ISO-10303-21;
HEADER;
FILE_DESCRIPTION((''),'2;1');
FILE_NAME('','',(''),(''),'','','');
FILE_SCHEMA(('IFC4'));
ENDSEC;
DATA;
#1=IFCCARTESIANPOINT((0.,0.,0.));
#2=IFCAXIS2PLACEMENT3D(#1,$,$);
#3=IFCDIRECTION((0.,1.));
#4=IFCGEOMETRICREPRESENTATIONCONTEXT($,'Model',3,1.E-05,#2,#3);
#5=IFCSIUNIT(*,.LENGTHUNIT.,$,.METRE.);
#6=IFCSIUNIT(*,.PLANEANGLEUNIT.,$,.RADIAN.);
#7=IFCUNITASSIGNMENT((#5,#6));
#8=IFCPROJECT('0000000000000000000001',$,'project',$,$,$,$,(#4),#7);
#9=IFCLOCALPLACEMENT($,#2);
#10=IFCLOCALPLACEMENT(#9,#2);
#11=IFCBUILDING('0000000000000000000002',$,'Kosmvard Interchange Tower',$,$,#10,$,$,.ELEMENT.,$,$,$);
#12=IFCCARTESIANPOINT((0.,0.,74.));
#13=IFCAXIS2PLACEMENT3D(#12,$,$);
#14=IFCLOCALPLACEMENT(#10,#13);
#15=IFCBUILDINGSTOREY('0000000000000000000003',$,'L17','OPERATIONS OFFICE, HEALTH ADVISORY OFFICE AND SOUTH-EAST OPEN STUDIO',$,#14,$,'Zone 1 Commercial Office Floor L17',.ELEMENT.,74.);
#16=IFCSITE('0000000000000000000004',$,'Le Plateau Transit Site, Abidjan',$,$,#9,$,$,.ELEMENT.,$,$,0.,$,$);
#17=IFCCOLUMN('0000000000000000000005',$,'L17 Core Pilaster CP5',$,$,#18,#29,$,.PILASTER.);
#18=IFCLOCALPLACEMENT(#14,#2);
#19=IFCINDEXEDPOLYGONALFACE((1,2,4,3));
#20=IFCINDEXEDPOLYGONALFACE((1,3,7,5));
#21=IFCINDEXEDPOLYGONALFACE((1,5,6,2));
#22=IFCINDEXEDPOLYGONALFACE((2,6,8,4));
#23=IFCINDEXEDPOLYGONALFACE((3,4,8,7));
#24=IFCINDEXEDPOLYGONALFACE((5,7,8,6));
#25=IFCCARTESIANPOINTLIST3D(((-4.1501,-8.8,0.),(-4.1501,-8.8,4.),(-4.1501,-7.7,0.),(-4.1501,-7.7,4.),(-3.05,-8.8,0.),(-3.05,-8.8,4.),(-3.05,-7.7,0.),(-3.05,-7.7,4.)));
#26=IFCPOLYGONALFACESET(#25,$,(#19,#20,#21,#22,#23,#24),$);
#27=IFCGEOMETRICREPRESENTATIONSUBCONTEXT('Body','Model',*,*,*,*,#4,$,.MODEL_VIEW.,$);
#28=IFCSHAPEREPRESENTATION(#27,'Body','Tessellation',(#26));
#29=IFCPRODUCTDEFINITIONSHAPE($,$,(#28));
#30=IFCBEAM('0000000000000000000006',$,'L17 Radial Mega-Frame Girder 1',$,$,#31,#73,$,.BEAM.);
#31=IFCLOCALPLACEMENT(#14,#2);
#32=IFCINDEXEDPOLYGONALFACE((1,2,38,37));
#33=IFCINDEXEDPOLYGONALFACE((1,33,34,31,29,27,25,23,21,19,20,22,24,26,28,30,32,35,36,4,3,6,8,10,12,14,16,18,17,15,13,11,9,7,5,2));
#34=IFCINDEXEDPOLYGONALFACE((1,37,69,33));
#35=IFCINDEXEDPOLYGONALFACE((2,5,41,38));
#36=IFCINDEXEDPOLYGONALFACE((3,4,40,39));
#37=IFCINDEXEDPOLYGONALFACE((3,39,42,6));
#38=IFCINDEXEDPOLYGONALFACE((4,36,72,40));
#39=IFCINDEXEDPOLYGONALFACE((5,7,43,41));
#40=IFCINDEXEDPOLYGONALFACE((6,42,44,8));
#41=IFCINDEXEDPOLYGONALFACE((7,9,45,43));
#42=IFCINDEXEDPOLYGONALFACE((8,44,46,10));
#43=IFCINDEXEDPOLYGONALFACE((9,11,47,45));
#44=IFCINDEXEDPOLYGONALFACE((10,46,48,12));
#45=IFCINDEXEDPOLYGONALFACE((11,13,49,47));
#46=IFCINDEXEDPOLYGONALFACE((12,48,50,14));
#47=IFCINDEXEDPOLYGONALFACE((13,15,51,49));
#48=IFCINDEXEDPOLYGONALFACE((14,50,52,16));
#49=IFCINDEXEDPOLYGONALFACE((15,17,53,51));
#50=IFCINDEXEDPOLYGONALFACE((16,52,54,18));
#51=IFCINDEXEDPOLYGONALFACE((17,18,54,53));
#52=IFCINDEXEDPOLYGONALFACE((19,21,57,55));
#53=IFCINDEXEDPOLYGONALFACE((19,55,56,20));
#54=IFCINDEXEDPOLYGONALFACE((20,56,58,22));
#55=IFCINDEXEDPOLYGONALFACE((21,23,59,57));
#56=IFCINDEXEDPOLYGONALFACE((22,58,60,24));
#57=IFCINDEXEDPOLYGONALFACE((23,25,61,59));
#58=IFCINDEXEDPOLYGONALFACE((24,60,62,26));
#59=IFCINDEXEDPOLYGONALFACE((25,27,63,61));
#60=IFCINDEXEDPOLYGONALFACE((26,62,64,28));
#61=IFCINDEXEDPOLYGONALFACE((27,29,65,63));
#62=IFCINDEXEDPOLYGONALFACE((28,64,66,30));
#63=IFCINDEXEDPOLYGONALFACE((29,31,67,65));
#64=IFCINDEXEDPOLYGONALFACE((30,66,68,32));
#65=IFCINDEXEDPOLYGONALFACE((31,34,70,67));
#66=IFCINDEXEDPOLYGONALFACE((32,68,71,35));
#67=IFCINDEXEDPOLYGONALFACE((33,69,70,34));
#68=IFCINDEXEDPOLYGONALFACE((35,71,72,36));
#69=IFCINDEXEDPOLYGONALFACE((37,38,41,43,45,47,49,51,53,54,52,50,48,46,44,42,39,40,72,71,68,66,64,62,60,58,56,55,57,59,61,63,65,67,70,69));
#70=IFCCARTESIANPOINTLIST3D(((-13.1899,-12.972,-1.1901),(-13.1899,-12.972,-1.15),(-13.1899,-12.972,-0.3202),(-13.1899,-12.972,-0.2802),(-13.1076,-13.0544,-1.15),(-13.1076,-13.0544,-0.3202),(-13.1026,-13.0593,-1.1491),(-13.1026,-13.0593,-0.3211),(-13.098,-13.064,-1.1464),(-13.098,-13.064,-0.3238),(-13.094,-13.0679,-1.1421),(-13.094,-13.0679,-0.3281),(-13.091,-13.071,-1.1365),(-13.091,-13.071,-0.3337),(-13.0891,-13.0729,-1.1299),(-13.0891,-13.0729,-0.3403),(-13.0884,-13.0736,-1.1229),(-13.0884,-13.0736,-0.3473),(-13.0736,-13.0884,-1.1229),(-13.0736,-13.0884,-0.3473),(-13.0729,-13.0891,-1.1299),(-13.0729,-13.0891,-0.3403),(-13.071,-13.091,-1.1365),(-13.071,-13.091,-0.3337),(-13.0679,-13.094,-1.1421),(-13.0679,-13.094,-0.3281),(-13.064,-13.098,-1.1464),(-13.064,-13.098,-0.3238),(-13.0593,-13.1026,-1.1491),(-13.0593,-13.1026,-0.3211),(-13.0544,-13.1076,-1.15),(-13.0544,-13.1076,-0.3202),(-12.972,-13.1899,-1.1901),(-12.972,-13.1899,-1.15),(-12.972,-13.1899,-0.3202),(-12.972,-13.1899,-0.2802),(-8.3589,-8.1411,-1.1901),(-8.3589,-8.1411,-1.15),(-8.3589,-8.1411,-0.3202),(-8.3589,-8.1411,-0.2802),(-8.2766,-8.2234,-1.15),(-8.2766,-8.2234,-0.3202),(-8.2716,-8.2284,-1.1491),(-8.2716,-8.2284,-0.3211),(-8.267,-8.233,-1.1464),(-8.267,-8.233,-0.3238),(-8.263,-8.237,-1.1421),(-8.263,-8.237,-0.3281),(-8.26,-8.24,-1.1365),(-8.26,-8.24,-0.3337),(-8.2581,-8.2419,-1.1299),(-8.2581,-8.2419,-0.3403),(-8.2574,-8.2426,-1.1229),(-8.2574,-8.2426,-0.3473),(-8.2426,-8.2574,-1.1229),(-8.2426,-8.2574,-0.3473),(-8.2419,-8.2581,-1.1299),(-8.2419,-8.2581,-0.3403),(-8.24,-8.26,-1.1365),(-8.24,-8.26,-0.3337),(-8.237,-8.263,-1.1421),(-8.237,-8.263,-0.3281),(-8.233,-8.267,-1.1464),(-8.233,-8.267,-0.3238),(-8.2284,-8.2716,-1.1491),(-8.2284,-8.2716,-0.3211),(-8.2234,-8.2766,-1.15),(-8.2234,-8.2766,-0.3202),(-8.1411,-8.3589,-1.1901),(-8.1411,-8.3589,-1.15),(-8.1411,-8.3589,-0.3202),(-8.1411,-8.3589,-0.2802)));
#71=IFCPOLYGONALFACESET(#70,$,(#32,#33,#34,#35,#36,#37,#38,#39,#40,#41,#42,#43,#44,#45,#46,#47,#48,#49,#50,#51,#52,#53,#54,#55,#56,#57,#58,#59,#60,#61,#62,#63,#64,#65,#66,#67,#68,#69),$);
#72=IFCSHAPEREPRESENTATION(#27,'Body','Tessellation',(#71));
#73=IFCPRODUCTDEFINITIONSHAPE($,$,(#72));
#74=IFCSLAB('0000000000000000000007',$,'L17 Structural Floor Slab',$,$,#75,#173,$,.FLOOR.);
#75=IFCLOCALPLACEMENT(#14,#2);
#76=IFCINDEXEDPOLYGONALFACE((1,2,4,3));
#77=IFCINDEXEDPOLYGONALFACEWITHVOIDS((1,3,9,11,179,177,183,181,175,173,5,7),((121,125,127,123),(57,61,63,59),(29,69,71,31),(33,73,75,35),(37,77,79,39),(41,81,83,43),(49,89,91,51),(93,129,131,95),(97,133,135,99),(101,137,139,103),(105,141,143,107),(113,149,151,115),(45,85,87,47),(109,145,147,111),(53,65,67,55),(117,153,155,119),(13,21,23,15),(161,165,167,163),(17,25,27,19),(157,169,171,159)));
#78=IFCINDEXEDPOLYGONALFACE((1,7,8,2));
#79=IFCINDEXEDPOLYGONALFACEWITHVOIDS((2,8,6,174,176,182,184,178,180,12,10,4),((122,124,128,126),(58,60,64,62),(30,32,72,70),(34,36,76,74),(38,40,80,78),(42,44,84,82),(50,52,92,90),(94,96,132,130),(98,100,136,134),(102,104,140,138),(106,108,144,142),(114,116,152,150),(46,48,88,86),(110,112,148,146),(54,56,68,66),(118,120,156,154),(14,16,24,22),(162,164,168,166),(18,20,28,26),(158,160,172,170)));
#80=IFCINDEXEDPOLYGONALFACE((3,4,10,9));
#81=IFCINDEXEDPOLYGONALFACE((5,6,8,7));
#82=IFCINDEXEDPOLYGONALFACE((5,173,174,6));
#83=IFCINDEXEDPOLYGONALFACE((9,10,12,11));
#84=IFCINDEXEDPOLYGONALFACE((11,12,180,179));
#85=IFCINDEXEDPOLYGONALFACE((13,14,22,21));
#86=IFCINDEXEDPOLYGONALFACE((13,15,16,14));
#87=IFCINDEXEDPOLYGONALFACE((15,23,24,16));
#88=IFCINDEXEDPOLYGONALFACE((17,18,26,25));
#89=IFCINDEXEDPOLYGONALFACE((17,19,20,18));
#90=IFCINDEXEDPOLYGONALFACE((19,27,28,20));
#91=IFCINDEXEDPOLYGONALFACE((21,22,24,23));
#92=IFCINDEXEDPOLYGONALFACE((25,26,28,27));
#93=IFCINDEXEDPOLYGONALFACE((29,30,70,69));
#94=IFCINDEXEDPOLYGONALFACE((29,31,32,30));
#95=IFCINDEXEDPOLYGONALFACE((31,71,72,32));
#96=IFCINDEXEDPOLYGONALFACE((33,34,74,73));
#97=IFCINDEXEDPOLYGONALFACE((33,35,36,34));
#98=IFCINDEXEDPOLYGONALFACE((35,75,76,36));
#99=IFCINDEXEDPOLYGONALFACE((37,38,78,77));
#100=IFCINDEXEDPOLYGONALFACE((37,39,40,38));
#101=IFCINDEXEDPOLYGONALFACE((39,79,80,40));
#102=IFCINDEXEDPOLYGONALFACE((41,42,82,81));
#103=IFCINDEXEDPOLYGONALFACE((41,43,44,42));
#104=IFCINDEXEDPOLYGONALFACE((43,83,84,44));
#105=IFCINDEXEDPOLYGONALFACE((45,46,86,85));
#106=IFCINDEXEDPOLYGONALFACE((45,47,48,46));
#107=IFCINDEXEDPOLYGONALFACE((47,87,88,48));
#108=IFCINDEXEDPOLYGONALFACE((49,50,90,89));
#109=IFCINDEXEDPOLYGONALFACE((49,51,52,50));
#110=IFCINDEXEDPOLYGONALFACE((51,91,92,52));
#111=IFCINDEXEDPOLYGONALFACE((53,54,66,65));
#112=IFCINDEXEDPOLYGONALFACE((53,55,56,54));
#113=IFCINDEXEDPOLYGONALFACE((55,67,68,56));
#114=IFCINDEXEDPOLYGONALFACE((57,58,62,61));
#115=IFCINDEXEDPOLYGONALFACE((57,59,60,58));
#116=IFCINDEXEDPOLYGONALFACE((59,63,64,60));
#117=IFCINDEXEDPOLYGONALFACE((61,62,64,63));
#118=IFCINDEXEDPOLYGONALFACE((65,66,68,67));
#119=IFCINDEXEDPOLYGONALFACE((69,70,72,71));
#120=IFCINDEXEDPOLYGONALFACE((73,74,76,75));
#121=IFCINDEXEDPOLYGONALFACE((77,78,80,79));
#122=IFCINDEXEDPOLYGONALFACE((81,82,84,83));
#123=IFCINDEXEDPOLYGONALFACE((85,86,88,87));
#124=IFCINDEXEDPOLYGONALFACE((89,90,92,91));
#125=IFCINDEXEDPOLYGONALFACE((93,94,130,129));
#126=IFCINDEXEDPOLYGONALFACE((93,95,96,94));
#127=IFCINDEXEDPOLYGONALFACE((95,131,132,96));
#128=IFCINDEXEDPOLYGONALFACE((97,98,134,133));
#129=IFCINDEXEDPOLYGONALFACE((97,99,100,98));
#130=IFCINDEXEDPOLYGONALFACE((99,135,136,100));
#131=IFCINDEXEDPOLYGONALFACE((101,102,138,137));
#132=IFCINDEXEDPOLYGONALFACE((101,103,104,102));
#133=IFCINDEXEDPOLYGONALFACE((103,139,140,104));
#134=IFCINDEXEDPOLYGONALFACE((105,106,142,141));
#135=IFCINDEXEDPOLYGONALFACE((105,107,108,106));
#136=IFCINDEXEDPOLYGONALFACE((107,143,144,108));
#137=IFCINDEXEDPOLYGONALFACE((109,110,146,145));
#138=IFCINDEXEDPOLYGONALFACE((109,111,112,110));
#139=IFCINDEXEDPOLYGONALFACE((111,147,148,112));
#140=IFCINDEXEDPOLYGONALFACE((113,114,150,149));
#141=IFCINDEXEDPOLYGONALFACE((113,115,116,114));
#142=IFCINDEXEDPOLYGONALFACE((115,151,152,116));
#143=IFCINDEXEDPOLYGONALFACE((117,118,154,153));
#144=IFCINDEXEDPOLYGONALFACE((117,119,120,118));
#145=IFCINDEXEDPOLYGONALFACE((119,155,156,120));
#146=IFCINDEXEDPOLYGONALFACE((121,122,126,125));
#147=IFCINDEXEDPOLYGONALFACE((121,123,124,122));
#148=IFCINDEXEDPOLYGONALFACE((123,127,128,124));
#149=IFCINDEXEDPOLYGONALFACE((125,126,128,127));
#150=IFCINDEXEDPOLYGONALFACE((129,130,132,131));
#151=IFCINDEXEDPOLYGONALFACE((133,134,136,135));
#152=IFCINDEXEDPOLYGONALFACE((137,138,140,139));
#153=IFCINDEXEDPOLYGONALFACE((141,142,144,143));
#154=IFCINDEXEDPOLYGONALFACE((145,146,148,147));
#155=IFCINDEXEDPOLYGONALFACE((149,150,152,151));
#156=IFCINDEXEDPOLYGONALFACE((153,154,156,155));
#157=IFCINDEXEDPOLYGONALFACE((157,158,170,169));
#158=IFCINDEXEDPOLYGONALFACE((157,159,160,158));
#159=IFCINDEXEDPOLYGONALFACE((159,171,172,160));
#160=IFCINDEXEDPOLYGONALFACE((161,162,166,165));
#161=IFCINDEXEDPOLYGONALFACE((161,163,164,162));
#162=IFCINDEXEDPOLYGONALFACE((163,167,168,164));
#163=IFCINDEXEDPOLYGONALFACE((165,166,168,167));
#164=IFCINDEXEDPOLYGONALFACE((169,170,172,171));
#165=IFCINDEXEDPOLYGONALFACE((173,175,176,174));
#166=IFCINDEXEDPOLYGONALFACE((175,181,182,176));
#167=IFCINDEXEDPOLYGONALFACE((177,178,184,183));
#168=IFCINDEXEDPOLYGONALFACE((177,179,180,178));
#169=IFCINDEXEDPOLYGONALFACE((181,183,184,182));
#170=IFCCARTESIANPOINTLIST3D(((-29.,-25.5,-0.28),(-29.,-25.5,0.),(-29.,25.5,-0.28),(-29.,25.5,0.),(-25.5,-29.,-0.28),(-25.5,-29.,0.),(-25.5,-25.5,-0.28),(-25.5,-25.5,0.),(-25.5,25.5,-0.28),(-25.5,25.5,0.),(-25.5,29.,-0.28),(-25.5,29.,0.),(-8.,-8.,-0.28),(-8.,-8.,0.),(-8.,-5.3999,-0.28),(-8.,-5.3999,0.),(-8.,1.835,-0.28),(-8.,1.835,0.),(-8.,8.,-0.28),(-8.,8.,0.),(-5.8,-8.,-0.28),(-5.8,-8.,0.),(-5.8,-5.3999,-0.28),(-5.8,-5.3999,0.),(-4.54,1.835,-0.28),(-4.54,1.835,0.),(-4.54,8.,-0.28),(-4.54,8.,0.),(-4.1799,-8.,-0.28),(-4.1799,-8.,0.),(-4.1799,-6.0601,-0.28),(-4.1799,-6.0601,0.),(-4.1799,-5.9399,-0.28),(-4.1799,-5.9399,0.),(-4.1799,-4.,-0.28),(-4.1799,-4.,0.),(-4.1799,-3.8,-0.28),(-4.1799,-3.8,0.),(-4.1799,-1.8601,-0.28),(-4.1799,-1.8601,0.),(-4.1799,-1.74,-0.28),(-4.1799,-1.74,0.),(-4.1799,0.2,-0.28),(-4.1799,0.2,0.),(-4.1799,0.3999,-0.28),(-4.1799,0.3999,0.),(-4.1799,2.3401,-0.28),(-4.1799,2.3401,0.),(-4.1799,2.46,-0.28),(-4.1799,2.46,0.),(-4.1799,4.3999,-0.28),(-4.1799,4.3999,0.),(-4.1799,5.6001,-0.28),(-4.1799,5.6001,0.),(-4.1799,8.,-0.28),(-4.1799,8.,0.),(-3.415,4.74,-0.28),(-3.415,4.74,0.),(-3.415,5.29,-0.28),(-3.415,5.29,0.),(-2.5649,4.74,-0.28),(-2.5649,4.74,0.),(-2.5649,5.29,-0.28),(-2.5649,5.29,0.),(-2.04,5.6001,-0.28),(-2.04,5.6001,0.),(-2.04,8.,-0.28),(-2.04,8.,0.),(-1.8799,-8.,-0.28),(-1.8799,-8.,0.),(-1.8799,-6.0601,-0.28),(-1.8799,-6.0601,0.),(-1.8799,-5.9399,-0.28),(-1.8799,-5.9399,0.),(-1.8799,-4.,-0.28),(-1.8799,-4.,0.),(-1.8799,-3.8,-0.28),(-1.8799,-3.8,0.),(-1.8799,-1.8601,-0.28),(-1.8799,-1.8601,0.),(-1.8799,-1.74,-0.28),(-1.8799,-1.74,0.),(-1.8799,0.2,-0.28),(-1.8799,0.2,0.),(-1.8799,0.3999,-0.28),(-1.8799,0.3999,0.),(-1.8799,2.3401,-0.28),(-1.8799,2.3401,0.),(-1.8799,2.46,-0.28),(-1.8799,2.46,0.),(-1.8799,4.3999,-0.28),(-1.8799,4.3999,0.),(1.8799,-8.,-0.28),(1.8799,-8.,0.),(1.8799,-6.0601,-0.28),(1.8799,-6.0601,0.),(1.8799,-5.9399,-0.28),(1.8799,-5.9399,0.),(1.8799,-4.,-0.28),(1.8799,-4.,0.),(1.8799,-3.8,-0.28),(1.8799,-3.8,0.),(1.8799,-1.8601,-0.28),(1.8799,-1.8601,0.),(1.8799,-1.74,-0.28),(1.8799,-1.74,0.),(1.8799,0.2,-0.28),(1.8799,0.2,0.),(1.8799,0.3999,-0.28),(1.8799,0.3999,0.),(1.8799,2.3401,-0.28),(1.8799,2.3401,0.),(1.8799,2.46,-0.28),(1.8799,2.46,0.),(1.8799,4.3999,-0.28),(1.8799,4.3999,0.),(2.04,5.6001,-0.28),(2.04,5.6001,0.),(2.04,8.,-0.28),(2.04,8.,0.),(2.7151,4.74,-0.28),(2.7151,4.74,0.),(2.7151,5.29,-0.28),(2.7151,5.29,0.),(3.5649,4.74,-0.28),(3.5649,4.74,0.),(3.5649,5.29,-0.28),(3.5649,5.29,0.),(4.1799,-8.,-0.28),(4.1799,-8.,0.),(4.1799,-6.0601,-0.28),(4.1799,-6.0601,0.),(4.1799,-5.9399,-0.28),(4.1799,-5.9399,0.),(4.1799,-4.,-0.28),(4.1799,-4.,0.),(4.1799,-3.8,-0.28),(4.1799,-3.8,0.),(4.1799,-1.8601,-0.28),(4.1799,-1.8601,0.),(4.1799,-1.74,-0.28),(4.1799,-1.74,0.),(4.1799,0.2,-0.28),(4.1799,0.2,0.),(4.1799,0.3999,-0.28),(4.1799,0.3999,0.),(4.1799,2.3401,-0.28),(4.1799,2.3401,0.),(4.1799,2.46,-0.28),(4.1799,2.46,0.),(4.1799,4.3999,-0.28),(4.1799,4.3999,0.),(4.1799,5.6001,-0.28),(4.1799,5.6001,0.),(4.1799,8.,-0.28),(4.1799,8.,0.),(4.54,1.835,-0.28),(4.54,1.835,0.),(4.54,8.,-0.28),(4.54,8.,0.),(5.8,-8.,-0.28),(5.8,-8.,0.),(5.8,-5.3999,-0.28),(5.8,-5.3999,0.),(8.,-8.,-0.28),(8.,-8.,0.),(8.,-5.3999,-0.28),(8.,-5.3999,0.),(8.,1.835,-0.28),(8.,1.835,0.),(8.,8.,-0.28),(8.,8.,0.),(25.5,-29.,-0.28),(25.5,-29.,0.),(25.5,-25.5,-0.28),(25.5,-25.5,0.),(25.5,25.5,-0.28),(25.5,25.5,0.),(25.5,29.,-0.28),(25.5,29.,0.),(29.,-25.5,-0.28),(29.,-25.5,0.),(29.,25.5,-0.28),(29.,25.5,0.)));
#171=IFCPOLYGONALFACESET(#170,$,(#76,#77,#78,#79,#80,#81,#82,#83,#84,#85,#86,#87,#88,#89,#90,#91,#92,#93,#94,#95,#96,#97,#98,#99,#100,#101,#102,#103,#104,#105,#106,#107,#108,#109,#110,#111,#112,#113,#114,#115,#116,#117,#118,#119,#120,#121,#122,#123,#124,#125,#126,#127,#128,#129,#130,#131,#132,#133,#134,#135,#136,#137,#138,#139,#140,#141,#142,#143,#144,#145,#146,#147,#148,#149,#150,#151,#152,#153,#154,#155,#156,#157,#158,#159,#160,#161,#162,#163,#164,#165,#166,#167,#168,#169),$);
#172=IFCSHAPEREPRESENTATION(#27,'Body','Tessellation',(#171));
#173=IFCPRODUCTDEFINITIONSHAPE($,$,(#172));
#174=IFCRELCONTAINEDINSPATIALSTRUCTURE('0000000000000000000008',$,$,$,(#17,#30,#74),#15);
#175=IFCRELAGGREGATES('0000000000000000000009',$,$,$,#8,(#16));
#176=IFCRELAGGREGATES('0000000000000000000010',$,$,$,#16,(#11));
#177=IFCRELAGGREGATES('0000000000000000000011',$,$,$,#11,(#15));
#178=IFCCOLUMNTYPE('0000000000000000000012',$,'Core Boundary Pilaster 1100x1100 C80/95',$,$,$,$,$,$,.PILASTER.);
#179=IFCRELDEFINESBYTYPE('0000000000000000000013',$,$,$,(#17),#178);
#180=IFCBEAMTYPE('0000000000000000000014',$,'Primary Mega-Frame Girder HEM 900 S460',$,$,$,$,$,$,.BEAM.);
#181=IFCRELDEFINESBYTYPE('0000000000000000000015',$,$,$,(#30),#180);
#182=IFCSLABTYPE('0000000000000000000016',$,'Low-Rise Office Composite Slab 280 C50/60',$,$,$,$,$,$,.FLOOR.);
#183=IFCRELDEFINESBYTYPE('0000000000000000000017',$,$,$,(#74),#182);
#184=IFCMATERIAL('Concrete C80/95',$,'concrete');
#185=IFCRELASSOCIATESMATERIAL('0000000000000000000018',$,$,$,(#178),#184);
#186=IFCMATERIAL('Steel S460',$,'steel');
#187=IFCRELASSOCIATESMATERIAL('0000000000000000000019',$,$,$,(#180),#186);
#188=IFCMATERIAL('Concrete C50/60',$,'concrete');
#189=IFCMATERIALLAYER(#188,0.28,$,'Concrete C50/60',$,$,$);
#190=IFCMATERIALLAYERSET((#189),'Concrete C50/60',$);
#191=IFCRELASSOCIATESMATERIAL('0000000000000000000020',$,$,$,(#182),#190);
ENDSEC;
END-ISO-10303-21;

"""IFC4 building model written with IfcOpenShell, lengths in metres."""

from ifc_helpers import new_model, si_unit, direction, frame, origin, origin_2d, place, context, subcontext, project, spatial, polyline, rectangle, i_section, outline, extrude, source, transform, mapped, material, layer, layer_set, material_profile, profile_set, type_object, element, save


model = new_model("IFC4")

# Units and contexts
model_context = context("Model", 3, precision=1e-05, world=origin(), true_north=direction((0.0, 1.0)))
body_context = subcontext(model_context, "Body", "Model", "MODEL_VIEW")
ifc_project = project(units=[si_unit("LENGTHUNIT", "METRE"), si_unit("PLANEANGLEUNIT", "RADIAN")], contexts=[model_context])

# Site, building, storey
site_placement = place(None, origin())
site = spatial("IfcSite", under=ifc_project, at=site_placement, Name="Le Plateau Transit Site, Abidjan", CompositionType="ELEMENT", RefElevation=0.0)
building_placement = place(site_placement, origin())
building = spatial("IfcBuilding", under=site, at=building_placement, Name="Kosmvard Interchange Tower", CompositionType="ELEMENT")
storey_placement = place(building_placement, frame((0.0, 0.0, 74.0)))
storey = spatial("IfcBuildingStorey", under=building, at=storey_placement, Name="L17", Description="OPERATIONS OFFICE, HEALTH ADVISORY OFFICE AND SOUTH-EAST OPEN STUDIO", LongName="Zone 1 Commercial Office Floor L17", CompositionType="ELEMENT", Elevation=74.0)

# Column
ifc_material_1 = material(Name="Concrete C80/95", Category="concrete")
ifc_material_profile_1 = material_profile(ifc_material_1, rectangle(XDim=1.1001, YDim=1.1001, at=origin_2d()), Name="CP 1100x1100")
ifc_profile_set_1 = profile_set([ifc_material_profile_1], Name="Concrete C80/95")
column_type = type_object("IfcColumnType", Name="Core Boundary Pilaster 1100x1100 C80/95", PredefinedType="PILASTER", material=ifc_profile_set_1)
shared_shape_1 = source(origin(), body_context, "Body", "SweptSolid", [
    extrude(rectangle(XDim=1.1001, YDim=1.1001, at=origin_2d()), origin(), (0.0, 0.0, 1.0), 4.0),
])
column_placement = place(storey_placement, frame((-3.6001, -8.25, 0.0), z_axis=(0.0, 0.0, 1.0), x_axis=(1.0, 0.0, 0.0)))
element("IfcColumn", 1, at=column_placement, inside=storey, type_object=column_type, Name="L17 Core Pilaster CP5", PredefinedType="PILASTER", context=body_context, shape_type="MappedRepresentation", body=[
    mapped(shared_shape_1, transform((0.0, 0.0, 0.0), scale=1.0)),
])

# Beam
ifc_material_2 = material(Name="Steel S460", Category="steel")
ifc_material_profile_2 = material_profile(ifc_material_2, i_section(OverallWidth=0.3081, OverallDepth=0.9099, WebThickness=0.021, FlangeThickness=0.04, FilletRadius=0.0271, at=origin_2d()), Name="HEM 900")
ifc_profile_set_2 = profile_set([ifc_material_profile_2], Name="Steel S460")
beam_type = type_object("IfcBeamType", Name="Primary Mega-Frame Girder HEM 900 S460", PredefinedType="BEAM", material=ifc_profile_set_2)
shared_shape_2 = source(origin(), body_context, "Body", "SweptSolid", [
    extrude(i_section(OverallWidth=0.3081, OverallDepth=0.9099, WebThickness=0.021, FlangeThickness=0.04, FilletRadius=0.0271, at=origin_2d()), origin(), (0.0, 0.0, 1.0), 6.832),
])
beam_placement = place(storey_placement, frame((-8.25, -8.25, -0.7351), z_axis=(-0.707107, -0.707107, 0.0), x_axis=(0.707107, -0.707107, 0.0)))
element("IfcBeam", 2, at=beam_placement, inside=storey, type_object=beam_type, Name="L17 Radial Mega-Frame Girder 1", PredefinedType="BEAM", context=body_context, shape_type="MappedRepresentation", body=[
    mapped(shared_shape_2, transform((0.0, 0.0, 0.0), scale=1.0)),
])

# Slab
ifc_material_3 = material(Name="Concrete C50/60", Category="concrete")
ifc_layer_1 = layer(ifc_material_3, 0.28, Name="Concrete C50/60")
ifc_layer_set_1 = layer_set([ifc_layer_1], Name="Concrete C50/60")
slab_type_1 = type_object("IfcSlabType", Name="Low-Rise Office Composite Slab 280 C50/60", PredefinedType="FLOOR", material=ifc_layer_set_1)
slab_1_placement = place(storey_placement, frame((0.0, 0.0, -0.28)))
element("IfcSlab", 3, at=slab_1_placement, inside=storey, type_object=slab_type_1, Name="L17 Structural Floor Slab", PredefinedType="FLOOR", context=body_context, shape_type="SweptSolid", body=[
    extrude(outline(polyline([(-25.5, -29.0), (25.5, -29.0), (25.5, -25.5), (29.0, -25.5), (29.0, 25.5), (25.5, 25.5), (25.5, 29.0), (-25.5, 29.0), (-25.5, 25.5), (-29.0, 25.5), (-29.0, -25.5), (-25.5, -25.5), (-25.5, -29.0)]), holes=[polyline([(-8.0, 1.835), (-4.54, 1.835), (-4.54, 8.0), (-8.0, 8.0), (-8.0, 1.835)]), polyline([(4.54, 1.835), (8.0, 1.835), (8.0, 8.0), (4.54, 8.0), (4.54, 1.835)]), polyline([(-8.0, -8.0), (-5.8, -8.0), (-5.8, -5.3999), (-8.0, -5.3999), (-8.0, -8.0)]), polyline([(5.8, -8.0), (8.0, -8.0), (8.0, -5.3999), (5.8, -5.3999), (5.8, -8.0)]), polyline([(-4.1799, -8.0), (-1.8799, -8.0), (-1.8799, -6.0601), (-4.1799, -6.0601), (-4.1799, -8.0)]), polyline([(-4.1799, -5.9399), (-1.8799, -5.9399), (-1.8799, -4.0), (-4.1799, -4.0), (-4.1799, -5.9399)]), polyline([(1.8799, -8.0), (4.1799, -8.0), (4.1799, -6.0601), (1.8799, -6.0601), (1.8799, -8.0)]), polyline([(1.8799, -5.9399), (4.1799, -5.9399), (4.1799, -4.0), (1.8799, -4.0), (1.8799, -5.9399)]), polyline([(-4.1799, -3.8), (-1.8799, -3.8), (-1.8799, -1.8601), (-4.1799, -1.8601), (-4.1799, -3.8)]), polyline([(-4.1799, -1.74), (-1.8799, -1.74), (-1.8799, 0.2), (-4.1799, 0.2), (-4.1799, -1.74)]), polyline([(1.8799, -3.8), (4.1799, -3.8), (4.1799, -1.8601), (1.8799, -1.8601), (1.8799, -3.8)]), polyline([(1.8799, -1.74), (4.1799, -1.74), (4.1799, 0.2), (1.8799, 0.2), (1.8799, -1.74)]), polyline([(-4.1799, 0.3999), (-1.8799, 0.3999), (-1.8799, 2.3401), (-4.1799, 2.3401), (-4.1799, 0.3999)]), polyline([(-4.1799, 2.46), (-1.8799, 2.46), (-1.8799, 4.3999), (-4.1799, 4.3999), (-4.1799, 2.46)]), polyline([(1.8799, 0.3999), (4.1799, 0.3999), (4.1799, 2.3401), (1.8799, 2.3401), (1.8799, 0.3999)]), polyline([(1.8799, 2.46), (4.1799, 2.46), (4.1799, 4.3999), (1.8799, 4.3999), (1.8799, 2.46)]), polyline([(-4.1799, 5.6001), (-2.04, 5.6001), (-2.04, 8.0), (-4.1799, 8.0), (-4.1799, 5.6001)]), polyline([(2.04, 5.6001), (4.1799, 5.6001), (4.1799, 8.0), (2.04, 8.0), (2.04, 5.6001)]), polyline([(-3.415, 4.74), (-2.5649, 4.74), (-2.5649, 5.29), (-3.415, 5.29), (-3.415, 4.74)]), polyline([(2.7151, 4.74), (3.5649, 4.74), (3.5649, 5.29), (2.7151, 5.29), (2.7151, 4.74)])]), origin(), (0.0, 0.0, 1.0), 0.28),
])

save(model, "model.ifc")
